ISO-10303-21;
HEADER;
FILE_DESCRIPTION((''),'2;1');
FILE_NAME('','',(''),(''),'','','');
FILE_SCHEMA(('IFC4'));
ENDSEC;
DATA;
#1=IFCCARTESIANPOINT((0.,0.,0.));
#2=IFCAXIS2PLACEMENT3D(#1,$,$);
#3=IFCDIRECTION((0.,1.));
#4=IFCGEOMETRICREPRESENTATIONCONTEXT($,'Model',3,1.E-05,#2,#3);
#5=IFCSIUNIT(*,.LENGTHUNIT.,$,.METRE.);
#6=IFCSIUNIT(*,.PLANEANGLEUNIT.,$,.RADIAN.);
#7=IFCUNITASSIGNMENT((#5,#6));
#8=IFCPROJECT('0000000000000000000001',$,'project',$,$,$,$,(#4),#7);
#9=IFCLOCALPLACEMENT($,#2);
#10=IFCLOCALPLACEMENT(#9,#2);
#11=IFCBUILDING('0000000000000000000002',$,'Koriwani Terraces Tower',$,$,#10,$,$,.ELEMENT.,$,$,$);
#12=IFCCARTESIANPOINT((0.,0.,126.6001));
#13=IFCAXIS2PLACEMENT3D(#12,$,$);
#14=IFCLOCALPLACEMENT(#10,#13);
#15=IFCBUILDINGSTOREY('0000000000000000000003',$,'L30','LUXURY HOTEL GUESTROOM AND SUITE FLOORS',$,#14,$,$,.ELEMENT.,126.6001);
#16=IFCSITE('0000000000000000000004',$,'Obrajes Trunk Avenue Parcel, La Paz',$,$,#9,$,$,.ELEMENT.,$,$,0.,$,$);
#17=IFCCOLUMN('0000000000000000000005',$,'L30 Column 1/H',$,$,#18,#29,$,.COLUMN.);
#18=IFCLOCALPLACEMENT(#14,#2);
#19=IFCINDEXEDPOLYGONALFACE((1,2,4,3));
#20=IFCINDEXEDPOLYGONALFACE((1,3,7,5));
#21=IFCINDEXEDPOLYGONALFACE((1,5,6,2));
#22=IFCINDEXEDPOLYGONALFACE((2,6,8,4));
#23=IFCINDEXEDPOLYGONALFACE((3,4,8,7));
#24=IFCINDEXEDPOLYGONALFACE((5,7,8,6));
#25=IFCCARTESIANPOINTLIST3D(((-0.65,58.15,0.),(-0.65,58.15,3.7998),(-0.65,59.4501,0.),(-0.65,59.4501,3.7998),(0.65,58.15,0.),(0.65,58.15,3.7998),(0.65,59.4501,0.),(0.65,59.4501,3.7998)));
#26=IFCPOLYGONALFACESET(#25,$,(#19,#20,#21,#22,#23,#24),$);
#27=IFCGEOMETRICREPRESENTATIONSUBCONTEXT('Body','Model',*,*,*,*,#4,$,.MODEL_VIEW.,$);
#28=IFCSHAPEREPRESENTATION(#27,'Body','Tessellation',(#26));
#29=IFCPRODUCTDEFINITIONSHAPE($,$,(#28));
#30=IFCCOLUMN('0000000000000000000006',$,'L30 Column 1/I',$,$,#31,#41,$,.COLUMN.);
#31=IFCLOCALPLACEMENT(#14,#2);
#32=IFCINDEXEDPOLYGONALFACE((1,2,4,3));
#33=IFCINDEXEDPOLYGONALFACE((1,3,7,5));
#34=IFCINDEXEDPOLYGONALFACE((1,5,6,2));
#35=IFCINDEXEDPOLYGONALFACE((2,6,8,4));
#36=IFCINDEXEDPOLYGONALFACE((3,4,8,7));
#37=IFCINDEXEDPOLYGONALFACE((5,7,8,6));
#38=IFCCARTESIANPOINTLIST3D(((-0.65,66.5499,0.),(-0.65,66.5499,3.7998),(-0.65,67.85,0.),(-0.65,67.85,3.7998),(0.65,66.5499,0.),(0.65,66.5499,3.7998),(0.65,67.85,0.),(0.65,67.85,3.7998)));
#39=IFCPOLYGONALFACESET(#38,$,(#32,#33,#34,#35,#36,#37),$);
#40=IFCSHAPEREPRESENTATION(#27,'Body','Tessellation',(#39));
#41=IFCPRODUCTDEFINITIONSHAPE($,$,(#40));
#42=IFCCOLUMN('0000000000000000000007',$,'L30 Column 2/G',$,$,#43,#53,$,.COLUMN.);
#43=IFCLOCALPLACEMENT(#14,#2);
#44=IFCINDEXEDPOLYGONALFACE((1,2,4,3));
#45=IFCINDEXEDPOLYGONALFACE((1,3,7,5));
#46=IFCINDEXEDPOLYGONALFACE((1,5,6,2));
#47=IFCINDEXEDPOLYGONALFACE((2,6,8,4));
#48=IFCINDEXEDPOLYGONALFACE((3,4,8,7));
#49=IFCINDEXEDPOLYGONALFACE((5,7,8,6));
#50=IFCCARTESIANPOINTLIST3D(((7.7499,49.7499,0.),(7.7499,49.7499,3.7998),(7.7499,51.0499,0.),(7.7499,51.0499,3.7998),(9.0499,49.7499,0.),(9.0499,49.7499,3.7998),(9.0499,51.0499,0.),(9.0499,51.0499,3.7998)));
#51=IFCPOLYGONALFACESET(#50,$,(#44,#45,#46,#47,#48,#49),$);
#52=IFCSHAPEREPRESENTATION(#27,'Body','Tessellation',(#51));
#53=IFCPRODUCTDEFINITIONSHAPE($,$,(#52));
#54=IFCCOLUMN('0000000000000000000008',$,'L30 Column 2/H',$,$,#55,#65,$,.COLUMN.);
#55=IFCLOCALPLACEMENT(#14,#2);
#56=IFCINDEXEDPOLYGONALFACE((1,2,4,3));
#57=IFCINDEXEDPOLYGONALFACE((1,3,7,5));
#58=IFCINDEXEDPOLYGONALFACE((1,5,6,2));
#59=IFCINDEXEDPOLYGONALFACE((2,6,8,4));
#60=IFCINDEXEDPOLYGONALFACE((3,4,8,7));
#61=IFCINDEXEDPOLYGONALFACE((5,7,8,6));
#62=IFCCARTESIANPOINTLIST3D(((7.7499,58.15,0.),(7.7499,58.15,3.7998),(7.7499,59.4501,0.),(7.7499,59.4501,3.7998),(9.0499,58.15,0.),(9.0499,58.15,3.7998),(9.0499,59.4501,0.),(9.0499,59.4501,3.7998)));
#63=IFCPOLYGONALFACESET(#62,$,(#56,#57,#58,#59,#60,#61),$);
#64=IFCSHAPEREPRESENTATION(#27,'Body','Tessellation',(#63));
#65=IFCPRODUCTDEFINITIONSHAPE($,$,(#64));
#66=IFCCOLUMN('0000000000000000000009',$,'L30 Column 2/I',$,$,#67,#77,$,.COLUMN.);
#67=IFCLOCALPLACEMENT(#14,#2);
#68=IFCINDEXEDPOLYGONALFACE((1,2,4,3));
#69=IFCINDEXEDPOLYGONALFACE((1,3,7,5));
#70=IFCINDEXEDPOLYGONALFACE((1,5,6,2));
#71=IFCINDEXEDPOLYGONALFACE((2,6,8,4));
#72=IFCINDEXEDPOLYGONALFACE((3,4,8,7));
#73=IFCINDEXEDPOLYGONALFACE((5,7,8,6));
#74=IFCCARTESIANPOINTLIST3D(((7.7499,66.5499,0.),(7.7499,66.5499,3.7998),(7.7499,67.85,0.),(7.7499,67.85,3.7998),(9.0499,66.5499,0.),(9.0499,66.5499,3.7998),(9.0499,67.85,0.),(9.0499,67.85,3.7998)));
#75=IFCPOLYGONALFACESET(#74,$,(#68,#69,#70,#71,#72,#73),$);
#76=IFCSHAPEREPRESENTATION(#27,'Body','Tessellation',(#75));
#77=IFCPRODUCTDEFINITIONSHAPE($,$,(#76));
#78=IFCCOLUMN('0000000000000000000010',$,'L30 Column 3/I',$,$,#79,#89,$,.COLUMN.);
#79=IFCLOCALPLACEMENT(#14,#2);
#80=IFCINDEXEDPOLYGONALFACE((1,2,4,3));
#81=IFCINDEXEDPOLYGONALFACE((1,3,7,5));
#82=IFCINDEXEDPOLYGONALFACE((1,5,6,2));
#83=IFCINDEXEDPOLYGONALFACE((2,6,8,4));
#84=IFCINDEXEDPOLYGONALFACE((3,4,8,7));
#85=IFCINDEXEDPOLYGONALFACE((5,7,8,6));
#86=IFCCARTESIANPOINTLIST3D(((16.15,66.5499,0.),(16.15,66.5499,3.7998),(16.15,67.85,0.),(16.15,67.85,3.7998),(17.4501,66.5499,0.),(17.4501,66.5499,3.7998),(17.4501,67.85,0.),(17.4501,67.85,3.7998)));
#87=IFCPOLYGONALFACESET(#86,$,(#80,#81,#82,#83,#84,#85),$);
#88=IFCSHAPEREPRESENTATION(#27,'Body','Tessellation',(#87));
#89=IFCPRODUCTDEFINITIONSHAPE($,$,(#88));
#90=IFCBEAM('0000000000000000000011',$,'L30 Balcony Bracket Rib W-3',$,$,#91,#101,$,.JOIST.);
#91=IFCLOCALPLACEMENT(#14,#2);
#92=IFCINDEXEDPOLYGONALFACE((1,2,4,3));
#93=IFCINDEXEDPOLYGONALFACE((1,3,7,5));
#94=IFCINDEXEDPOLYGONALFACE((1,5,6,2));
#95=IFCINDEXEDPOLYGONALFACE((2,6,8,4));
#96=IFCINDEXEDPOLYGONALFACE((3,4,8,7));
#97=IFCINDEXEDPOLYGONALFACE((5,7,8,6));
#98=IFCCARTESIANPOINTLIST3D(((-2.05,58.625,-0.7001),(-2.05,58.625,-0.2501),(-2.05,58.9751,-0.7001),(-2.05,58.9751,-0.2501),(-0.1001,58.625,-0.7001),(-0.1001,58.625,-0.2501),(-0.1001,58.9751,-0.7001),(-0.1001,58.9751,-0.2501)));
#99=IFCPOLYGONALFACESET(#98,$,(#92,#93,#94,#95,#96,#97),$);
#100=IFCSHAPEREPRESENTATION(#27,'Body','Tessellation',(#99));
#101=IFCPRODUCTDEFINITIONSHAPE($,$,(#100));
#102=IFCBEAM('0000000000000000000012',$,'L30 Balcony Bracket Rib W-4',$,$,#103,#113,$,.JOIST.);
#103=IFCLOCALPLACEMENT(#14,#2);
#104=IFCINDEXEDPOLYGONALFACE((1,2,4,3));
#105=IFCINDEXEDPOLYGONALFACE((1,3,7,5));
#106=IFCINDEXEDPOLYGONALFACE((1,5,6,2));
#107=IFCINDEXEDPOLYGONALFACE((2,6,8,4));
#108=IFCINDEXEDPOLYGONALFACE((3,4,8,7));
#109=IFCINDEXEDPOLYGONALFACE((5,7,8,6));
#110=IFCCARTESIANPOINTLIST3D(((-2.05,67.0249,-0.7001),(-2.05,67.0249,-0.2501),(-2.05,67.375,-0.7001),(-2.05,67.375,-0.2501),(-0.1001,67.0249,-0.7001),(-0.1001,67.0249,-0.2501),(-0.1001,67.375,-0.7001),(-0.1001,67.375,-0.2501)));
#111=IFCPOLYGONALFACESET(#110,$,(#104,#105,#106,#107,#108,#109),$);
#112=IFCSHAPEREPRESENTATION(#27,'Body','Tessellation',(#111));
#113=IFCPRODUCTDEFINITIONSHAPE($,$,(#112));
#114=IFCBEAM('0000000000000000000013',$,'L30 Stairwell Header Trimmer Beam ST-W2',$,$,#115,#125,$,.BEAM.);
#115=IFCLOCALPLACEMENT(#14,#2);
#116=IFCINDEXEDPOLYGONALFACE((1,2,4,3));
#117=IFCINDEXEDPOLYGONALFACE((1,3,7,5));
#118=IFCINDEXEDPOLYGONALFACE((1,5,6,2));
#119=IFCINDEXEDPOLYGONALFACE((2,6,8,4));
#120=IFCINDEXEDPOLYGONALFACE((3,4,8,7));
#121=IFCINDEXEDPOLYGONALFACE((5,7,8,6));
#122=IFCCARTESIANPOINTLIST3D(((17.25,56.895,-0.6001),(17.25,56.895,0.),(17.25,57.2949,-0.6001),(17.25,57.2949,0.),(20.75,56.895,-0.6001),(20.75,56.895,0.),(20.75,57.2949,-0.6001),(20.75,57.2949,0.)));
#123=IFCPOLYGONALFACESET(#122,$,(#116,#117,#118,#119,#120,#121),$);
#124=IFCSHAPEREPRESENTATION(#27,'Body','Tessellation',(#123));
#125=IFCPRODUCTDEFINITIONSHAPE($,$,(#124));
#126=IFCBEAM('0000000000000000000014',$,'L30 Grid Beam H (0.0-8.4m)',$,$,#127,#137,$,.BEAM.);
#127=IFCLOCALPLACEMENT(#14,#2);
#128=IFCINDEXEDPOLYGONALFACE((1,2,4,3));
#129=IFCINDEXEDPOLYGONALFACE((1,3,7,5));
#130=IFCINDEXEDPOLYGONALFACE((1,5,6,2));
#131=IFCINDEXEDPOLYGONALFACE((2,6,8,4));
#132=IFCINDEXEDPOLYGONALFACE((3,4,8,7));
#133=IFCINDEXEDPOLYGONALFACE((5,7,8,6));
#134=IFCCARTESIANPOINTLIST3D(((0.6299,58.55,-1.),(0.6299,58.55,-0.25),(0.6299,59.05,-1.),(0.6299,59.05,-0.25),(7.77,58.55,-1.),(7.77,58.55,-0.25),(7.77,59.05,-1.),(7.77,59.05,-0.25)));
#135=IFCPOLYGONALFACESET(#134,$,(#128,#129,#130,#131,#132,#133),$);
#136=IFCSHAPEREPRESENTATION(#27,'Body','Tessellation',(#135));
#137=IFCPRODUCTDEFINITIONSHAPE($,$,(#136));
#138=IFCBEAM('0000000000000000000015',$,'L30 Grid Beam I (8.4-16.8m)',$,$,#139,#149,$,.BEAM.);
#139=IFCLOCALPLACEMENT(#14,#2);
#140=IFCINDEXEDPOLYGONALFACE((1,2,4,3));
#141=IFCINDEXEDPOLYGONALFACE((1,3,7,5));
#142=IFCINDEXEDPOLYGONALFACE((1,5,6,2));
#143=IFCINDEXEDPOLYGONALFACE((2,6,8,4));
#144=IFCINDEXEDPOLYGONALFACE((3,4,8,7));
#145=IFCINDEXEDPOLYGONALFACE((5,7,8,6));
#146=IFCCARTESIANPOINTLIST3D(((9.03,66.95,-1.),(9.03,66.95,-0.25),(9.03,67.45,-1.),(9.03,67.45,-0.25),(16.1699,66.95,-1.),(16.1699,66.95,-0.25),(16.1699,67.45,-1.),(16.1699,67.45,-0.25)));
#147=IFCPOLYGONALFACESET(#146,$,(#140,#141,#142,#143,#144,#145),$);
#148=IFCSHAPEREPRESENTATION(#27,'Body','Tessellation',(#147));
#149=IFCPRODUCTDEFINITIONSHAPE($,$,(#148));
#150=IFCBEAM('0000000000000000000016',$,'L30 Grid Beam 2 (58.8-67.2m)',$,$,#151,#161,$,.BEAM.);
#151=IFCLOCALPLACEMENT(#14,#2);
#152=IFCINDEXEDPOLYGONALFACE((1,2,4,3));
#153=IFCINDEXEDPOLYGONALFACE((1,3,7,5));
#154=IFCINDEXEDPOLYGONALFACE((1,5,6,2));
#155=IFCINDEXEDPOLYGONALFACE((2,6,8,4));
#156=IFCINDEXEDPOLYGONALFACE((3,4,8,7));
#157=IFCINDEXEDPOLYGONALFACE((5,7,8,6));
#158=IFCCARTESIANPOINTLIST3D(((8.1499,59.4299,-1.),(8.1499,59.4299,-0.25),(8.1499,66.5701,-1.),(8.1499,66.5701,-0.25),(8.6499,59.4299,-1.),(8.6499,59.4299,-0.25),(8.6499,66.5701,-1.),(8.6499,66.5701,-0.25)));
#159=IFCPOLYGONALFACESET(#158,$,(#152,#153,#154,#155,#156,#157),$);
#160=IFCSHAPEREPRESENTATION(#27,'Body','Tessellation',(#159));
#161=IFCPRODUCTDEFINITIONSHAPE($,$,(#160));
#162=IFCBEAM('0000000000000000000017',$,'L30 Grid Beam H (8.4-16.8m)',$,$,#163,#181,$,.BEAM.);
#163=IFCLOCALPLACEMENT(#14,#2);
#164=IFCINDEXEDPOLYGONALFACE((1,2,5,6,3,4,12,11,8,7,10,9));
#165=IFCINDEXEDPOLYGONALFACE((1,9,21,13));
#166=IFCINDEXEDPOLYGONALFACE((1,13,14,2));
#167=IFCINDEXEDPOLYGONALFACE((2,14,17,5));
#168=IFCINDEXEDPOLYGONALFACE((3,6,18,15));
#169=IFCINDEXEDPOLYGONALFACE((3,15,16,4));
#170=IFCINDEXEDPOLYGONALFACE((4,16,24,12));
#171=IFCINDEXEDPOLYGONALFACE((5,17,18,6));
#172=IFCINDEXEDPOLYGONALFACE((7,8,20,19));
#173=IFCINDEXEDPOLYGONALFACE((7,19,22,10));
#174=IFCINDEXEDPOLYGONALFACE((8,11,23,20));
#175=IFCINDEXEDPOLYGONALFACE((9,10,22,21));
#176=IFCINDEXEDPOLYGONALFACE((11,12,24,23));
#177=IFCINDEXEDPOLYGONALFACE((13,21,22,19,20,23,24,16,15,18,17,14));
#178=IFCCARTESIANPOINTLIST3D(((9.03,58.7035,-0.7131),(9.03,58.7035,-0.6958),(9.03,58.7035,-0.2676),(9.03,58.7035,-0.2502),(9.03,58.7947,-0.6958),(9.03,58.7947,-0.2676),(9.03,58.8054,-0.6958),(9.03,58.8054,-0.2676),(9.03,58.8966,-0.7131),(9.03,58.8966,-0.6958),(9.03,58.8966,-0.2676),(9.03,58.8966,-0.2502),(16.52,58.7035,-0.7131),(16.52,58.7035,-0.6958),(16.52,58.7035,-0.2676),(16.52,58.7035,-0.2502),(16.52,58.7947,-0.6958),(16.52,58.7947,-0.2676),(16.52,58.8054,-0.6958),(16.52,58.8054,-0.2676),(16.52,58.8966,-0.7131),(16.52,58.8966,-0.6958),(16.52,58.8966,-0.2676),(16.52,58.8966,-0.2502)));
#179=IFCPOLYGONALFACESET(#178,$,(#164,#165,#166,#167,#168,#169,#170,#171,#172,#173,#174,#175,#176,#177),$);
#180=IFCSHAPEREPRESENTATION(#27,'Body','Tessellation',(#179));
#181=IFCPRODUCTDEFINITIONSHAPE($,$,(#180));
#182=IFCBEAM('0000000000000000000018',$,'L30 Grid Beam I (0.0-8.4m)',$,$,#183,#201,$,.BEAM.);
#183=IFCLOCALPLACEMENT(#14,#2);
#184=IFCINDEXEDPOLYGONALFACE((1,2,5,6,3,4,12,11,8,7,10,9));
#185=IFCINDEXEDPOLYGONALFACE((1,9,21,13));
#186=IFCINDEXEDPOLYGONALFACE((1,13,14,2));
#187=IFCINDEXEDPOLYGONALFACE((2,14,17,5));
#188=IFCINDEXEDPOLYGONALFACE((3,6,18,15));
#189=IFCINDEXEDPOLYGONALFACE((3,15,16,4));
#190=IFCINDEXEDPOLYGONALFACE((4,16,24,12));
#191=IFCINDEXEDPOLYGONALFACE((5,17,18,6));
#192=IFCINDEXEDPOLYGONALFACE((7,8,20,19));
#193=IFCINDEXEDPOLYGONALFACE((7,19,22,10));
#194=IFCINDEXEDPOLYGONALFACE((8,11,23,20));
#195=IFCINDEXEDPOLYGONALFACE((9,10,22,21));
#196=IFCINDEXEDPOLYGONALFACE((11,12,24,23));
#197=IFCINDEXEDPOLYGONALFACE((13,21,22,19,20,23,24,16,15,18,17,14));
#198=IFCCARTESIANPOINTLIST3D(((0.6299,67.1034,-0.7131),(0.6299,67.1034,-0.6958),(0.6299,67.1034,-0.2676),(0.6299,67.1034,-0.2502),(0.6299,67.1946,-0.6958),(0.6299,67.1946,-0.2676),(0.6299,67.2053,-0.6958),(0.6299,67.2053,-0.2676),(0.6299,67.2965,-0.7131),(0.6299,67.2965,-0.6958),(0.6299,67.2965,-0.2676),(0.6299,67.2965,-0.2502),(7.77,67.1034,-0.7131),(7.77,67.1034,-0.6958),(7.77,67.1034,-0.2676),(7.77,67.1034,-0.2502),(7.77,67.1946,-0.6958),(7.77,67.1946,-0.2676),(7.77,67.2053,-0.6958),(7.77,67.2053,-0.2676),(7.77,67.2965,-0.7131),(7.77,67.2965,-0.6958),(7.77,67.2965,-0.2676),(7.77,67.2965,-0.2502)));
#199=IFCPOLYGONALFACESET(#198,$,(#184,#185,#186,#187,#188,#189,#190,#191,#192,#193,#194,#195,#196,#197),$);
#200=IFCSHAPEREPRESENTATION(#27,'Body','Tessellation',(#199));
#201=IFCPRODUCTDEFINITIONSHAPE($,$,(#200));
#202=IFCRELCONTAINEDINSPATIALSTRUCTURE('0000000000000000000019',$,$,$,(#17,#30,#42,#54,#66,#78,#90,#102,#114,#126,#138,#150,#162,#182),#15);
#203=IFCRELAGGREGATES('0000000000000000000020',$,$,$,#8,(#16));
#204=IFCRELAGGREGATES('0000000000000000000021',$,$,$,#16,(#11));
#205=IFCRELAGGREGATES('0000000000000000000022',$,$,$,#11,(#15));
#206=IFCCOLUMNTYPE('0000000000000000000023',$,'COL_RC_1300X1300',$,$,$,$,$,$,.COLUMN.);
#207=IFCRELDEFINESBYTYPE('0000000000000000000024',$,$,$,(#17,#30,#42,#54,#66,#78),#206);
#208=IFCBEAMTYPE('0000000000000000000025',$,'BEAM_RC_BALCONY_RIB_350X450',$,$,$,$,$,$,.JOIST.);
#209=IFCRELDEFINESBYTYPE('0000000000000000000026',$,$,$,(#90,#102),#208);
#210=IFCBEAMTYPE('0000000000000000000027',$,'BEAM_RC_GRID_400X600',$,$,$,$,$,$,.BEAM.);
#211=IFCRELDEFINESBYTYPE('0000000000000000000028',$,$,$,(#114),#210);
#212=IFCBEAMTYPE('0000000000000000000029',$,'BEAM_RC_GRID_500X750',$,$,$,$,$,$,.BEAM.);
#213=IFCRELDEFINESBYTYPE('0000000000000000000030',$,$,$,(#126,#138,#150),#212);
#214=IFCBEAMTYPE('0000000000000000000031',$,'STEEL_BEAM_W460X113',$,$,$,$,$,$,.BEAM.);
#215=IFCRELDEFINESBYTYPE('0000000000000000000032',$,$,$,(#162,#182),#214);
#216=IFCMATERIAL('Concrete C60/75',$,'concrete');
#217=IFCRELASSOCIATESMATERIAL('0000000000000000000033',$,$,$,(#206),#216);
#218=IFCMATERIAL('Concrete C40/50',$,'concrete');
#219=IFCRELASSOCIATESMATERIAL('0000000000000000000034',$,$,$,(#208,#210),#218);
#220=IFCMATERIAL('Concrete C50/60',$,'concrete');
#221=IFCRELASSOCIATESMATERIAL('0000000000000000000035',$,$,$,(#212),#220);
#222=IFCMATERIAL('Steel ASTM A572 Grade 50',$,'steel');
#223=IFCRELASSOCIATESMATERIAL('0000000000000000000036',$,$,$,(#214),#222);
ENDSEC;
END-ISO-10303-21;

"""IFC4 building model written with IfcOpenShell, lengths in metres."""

from ifc_helpers import new_model, si_unit, direction, frame, origin, origin_2d, place, context, subcontext, project, spatial, rectangle, i_section, extrude, material, material_profile, profile_set, type_object, element, save


model = new_model("IFC4")

# Units and contexts
model_context = context("Model", 3, precision=1e-05, world=origin(), true_north=direction((0.0, 1.0)))
body_context = subcontext(model_context, "Body", "Model", "MODEL_VIEW")
ifc_project = project(units=[si_unit("LENGTHUNIT", "METRE"), si_unit("PLANEANGLEUNIT", "RADIAN")], contexts=[model_context])

# Site, building, storey
site_placement = place(None, origin())
site = spatial("IfcSite", under=ifc_project, at=site_placement, Name="Obrajes Trunk Avenue Parcel, La Paz", CompositionType="ELEMENT", RefElevation=0.0)
building_placement = place(site_placement, origin())
building = spatial("IfcBuilding", under=site, at=building_placement, Name="Koriwani Terraces Tower", CompositionType="ELEMENT")
storey_placement = place(building_placement, frame((0.0, 0.0, 126.6001)))
storey = spatial("IfcBuildingStorey", under=building, at=storey_placement, Name="L30", Description="LUXURY HOTEL GUESTROOM AND SUITE FLOORS", CompositionType="ELEMENT", Elevation=126.6001)

# Columns
ifc_material_1 = material(Name="Concrete C60/75", Category="concrete")
ifc_material_profile_1 = material_profile(ifc_material_1, rectangle(XDim=1.3, YDim=1.3, at=origin_2d()), Name="Concrete C60/75", Category="LoadBearing")
ifc_profile_set_1 = profile_set([ifc_material_profile_1], Name="Concrete C60/75")
column_type = type_object("IfcColumnType", Name="COL_RC_1300X1300", PredefinedType="COLUMN", material=ifc_profile_set_1)
for number, where, z_axis, x_axis, name in (
    (1, (0.0, 58.8, 0.0), (0.0, 0.0, 1.0), (1.0, 0.0, 0.0), "L30 Column 1/H"),
    (2, (0.0, 67.2, 0.0), (0.0, 0.0, 1.0), (1.0, 0.0, 0.0), "L30 Column 1/I"),
    (3, (8.3999, 50.3999, 0.0), (0.0, 0.0, 1.0), (1.0, 0.0, 0.0), "L30 Column 2/G"),
    (4, (8.3999, 58.8, 0.0), (0.0, 0.0, 1.0), (1.0, 0.0, 0.0), "L30 Column 2/H"),
    (5, (8.3999, 67.2, 0.0), (0.0, 0.0, 1.0), (1.0, 0.0, 0.0), "L30 Column 2/I"),
    (6, (16.8, 67.2, 0.0), (0.0, 0.0, 1.0), (1.0, 0.0, 0.0), "L30 Column 3/I"),
):
    element("IfcColumn", number, at=place(storey_placement, frame(where, z_axis=z_axis, x_axis=x_axis)), inside=storey, type_object=column_type, Name=name, PredefinedType="COLUMN", context=body_context, shape_type="SweptSolid", body=[
        extrude(rectangle(XDim=1.3, YDim=1.3, at=origin_2d()), origin(), (0.0, 0.0, 1.0), 3.7998),
    ])

# Beams
ifc_material_2 = material(Name="Concrete C40/50", Category="concrete")
ifc_material_profile_2 = material_profile(ifc_material_2, rectangle(XDim=0.3501, YDim=0.45, at=origin_2d()), Name="Concrete C40/50", Category="LoadBearing")
ifc_profile_set_2 = profile_set([ifc_material_profile_2], Name="Concrete C40/50")
beam_type_1 = type_object("IfcBeamType", Name="BEAM_RC_BALCONY_RIB_350X450", PredefinedType="JOIST", material=ifc_profile_set_2)
for number, where, z_axis, x_axis, name in (
    (7, (-2.05, 58.8, -0.4751), (1.0, 0.0, 0.0), (0.0, 1.0, 0.0), "L30 Balcony Bracket Rib W-3"),
    (8, (-2.05, 67.2, -0.4751), (1.0, 0.0, 0.0), (0.0, 1.0, 0.0), "L30 Balcony Bracket Rib W-4"),
):
    element("IfcBeam", number, at=place(storey_placement, frame(where, z_axis=z_axis, x_axis=x_axis)), inside=storey, type_object=beam_type_1, Name=name, PredefinedType="JOIST", context=body_context, shape_type="SweptSolid", body=[
        extrude(rectangle(XDim=0.3501, YDim=0.45, at=origin_2d()), origin(), (0.0, 0.0, 1.0), 1.95),
    ])
ifc_material_profile_3 = material_profile(ifc_material_2, rectangle(XDim=0.3999, YDim=0.6001, at=origin_2d()), Name="Concrete C40/50", Category="LoadBearing")
ifc_profile_set_3 = profile_set([ifc_material_profile_3], Name="Concrete C40/50")
beam_type_2 = type_object("IfcBeamType", Name="BEAM_RC_GRID_400X600", PredefinedType="BEAM", material=ifc_profile_set_3)
beam_1_placement = place(storey_placement, frame((17.25, 57.095, -0.3), z_axis=(1.0, 0.0, 0.0), x_axis=(0.0, 1.0, 0.0)))
element("IfcBeam", 9, at=beam_1_placement, inside=storey, type_object=beam_type_2, Name="L30 Stairwell Header Trimmer Beam ST-W2", PredefinedType="BEAM", context=body_context, shape_type="SweptSolid", body=[
    extrude(rectangle(XDim=0.3999, YDim=0.6001, at=origin_2d()), origin(), (0.0, 0.0, 1.0), 3.5),
])
ifc_material_3 = material(Name="Concrete C50/60", Category="concrete")
ifc_material_profile_4 = material_profile(ifc_material_3, rectangle(XDim=0.5, YDim=0.75, at=origin_2d()), Name="Concrete C50/60", Category="LoadBearing")
ifc_profile_set_4 = profile_set([ifc_material_profile_4], Name="Concrete C50/60")
beam_type_3 = type_object("IfcBeamType", Name="BEAM_RC_GRID_500X750", PredefinedType="BEAM", material=ifc_profile_set_4)
beam_2_placement = place(storey_placement, frame((0.6299, 58.8, -0.625), z_axis=(1.0, 0.0, 0.0), x_axis=(0.0, 1.0, 0.0)))
element("IfcBeam", 10, at=beam_2_placement, inside=storey, type_object=beam_type_3, Name="L30 Grid Beam H (0.0-8.4m)", PredefinedType="BEAM", context=body_context, shape_type="SweptSolid", body=[
    extrude(rectangle(XDim=0.5, YDim=0.75, at=origin_2d()), origin(), (0.0, 0.0, 1.0), 7.1401),
])
beam_3_placement = place(storey_placement, frame((9.03, 67.2, -0.625), z_axis=(1.0, 0.0, 0.0), x_axis=(0.0, 1.0, 0.0)))
element("IfcBeam", 11, at=beam_3_placement, inside=storey, type_object=beam_type_3, Name="L30 Grid Beam I (8.4-16.8m)", PredefinedType="BEAM", context=body_context, shape_type="SweptSolid", body=[
    extrude(rectangle(XDim=0.5, YDim=0.75, at=origin_2d()), origin(), (0.0, 0.0, 1.0), 7.1399),
])
beam_4_placement = place(storey_placement, frame((8.3999, 59.4299, -0.625), z_axis=(0.0, 1.0, 0.0), x_axis=(-1.0, 0.0, 0.0)))
element("IfcBeam", 12, at=beam_4_placement, inside=storey, type_object=beam_type_3, Name="L30 Grid Beam 2 (58.8-67.2m)", PredefinedType="BEAM", context=body_context, shape_type="SweptSolid", body=[
    extrude(rectangle(XDim=0.5, YDim=0.75, at=origin_2d()), origin(), (0.0, 0.0, 1.0), 7.1401),
])
ifc_material_4 = material(Name="Steel ASTM A572 Grade 50", Category="steel")
ifc_material_profile_5 = material_profile(ifc_material_4, i_section(OverallWidth=0.1931, OverallDepth=0.4629, WebThickness=0.0107, FlangeThickness=0.0173, at=origin_2d()), Name="Steel ASTM A572 Grade 50", Category="LoadBearing")
ifc_profile_set_5 = profile_set([ifc_material_profile_5], Name="Steel ASTM A572 Grade 50")
beam_type_4 = type_object("IfcBeamType", Name="STEEL_BEAM_W460X113", PredefinedType="BEAM", material=ifc_profile_set_5)
beam_5_placement = place(storey_placement, frame((9.03, 58.8, -0.4817), z_axis=(1.0, 0.0, 0.0), x_axis=(0.0, 1.0, 0.0)))
element("IfcBeam", 13, at=beam_5_placement, inside=storey, type_object=beam_type_4, Name="L30 Grid Beam H (8.4-16.8m)", PredefinedType="BEAM", context=body_context, shape_type="SweptSolid", body=[
    extrude(i_section(OverallWidth=0.1931, OverallDepth=0.4629, WebThickness=0.0107, FlangeThickness=0.0173, at=origin_2d()), origin(), (0.0, 0.0, 1.0), 7.49),
])
for number, where, z_axis, x_axis, name in (
    (14, (0.6299, 67.2, -0.4817), (1.0, 0.0, 0.0), (0.0, 1.0, 0.0), "L30 Grid Beam I (0.0-8.4m)"),
):
    element("IfcBeam", number, at=place(storey_placement, frame(where, z_axis=z_axis, x_axis=x_axis)), inside=storey, type_object=beam_type_4, Name=name, PredefinedType="BEAM", context=body_context, shape_type="SweptSolid", body=[
        extrude(i_section(OverallWidth=0.1931, OverallDepth=0.4629, WebThickness=0.0107, FlangeThickness=0.0173, at=origin_2d()), origin(), (0.0, 0.0, 1.0), 7.1401),
    ])

save(model, "model.ifc")
